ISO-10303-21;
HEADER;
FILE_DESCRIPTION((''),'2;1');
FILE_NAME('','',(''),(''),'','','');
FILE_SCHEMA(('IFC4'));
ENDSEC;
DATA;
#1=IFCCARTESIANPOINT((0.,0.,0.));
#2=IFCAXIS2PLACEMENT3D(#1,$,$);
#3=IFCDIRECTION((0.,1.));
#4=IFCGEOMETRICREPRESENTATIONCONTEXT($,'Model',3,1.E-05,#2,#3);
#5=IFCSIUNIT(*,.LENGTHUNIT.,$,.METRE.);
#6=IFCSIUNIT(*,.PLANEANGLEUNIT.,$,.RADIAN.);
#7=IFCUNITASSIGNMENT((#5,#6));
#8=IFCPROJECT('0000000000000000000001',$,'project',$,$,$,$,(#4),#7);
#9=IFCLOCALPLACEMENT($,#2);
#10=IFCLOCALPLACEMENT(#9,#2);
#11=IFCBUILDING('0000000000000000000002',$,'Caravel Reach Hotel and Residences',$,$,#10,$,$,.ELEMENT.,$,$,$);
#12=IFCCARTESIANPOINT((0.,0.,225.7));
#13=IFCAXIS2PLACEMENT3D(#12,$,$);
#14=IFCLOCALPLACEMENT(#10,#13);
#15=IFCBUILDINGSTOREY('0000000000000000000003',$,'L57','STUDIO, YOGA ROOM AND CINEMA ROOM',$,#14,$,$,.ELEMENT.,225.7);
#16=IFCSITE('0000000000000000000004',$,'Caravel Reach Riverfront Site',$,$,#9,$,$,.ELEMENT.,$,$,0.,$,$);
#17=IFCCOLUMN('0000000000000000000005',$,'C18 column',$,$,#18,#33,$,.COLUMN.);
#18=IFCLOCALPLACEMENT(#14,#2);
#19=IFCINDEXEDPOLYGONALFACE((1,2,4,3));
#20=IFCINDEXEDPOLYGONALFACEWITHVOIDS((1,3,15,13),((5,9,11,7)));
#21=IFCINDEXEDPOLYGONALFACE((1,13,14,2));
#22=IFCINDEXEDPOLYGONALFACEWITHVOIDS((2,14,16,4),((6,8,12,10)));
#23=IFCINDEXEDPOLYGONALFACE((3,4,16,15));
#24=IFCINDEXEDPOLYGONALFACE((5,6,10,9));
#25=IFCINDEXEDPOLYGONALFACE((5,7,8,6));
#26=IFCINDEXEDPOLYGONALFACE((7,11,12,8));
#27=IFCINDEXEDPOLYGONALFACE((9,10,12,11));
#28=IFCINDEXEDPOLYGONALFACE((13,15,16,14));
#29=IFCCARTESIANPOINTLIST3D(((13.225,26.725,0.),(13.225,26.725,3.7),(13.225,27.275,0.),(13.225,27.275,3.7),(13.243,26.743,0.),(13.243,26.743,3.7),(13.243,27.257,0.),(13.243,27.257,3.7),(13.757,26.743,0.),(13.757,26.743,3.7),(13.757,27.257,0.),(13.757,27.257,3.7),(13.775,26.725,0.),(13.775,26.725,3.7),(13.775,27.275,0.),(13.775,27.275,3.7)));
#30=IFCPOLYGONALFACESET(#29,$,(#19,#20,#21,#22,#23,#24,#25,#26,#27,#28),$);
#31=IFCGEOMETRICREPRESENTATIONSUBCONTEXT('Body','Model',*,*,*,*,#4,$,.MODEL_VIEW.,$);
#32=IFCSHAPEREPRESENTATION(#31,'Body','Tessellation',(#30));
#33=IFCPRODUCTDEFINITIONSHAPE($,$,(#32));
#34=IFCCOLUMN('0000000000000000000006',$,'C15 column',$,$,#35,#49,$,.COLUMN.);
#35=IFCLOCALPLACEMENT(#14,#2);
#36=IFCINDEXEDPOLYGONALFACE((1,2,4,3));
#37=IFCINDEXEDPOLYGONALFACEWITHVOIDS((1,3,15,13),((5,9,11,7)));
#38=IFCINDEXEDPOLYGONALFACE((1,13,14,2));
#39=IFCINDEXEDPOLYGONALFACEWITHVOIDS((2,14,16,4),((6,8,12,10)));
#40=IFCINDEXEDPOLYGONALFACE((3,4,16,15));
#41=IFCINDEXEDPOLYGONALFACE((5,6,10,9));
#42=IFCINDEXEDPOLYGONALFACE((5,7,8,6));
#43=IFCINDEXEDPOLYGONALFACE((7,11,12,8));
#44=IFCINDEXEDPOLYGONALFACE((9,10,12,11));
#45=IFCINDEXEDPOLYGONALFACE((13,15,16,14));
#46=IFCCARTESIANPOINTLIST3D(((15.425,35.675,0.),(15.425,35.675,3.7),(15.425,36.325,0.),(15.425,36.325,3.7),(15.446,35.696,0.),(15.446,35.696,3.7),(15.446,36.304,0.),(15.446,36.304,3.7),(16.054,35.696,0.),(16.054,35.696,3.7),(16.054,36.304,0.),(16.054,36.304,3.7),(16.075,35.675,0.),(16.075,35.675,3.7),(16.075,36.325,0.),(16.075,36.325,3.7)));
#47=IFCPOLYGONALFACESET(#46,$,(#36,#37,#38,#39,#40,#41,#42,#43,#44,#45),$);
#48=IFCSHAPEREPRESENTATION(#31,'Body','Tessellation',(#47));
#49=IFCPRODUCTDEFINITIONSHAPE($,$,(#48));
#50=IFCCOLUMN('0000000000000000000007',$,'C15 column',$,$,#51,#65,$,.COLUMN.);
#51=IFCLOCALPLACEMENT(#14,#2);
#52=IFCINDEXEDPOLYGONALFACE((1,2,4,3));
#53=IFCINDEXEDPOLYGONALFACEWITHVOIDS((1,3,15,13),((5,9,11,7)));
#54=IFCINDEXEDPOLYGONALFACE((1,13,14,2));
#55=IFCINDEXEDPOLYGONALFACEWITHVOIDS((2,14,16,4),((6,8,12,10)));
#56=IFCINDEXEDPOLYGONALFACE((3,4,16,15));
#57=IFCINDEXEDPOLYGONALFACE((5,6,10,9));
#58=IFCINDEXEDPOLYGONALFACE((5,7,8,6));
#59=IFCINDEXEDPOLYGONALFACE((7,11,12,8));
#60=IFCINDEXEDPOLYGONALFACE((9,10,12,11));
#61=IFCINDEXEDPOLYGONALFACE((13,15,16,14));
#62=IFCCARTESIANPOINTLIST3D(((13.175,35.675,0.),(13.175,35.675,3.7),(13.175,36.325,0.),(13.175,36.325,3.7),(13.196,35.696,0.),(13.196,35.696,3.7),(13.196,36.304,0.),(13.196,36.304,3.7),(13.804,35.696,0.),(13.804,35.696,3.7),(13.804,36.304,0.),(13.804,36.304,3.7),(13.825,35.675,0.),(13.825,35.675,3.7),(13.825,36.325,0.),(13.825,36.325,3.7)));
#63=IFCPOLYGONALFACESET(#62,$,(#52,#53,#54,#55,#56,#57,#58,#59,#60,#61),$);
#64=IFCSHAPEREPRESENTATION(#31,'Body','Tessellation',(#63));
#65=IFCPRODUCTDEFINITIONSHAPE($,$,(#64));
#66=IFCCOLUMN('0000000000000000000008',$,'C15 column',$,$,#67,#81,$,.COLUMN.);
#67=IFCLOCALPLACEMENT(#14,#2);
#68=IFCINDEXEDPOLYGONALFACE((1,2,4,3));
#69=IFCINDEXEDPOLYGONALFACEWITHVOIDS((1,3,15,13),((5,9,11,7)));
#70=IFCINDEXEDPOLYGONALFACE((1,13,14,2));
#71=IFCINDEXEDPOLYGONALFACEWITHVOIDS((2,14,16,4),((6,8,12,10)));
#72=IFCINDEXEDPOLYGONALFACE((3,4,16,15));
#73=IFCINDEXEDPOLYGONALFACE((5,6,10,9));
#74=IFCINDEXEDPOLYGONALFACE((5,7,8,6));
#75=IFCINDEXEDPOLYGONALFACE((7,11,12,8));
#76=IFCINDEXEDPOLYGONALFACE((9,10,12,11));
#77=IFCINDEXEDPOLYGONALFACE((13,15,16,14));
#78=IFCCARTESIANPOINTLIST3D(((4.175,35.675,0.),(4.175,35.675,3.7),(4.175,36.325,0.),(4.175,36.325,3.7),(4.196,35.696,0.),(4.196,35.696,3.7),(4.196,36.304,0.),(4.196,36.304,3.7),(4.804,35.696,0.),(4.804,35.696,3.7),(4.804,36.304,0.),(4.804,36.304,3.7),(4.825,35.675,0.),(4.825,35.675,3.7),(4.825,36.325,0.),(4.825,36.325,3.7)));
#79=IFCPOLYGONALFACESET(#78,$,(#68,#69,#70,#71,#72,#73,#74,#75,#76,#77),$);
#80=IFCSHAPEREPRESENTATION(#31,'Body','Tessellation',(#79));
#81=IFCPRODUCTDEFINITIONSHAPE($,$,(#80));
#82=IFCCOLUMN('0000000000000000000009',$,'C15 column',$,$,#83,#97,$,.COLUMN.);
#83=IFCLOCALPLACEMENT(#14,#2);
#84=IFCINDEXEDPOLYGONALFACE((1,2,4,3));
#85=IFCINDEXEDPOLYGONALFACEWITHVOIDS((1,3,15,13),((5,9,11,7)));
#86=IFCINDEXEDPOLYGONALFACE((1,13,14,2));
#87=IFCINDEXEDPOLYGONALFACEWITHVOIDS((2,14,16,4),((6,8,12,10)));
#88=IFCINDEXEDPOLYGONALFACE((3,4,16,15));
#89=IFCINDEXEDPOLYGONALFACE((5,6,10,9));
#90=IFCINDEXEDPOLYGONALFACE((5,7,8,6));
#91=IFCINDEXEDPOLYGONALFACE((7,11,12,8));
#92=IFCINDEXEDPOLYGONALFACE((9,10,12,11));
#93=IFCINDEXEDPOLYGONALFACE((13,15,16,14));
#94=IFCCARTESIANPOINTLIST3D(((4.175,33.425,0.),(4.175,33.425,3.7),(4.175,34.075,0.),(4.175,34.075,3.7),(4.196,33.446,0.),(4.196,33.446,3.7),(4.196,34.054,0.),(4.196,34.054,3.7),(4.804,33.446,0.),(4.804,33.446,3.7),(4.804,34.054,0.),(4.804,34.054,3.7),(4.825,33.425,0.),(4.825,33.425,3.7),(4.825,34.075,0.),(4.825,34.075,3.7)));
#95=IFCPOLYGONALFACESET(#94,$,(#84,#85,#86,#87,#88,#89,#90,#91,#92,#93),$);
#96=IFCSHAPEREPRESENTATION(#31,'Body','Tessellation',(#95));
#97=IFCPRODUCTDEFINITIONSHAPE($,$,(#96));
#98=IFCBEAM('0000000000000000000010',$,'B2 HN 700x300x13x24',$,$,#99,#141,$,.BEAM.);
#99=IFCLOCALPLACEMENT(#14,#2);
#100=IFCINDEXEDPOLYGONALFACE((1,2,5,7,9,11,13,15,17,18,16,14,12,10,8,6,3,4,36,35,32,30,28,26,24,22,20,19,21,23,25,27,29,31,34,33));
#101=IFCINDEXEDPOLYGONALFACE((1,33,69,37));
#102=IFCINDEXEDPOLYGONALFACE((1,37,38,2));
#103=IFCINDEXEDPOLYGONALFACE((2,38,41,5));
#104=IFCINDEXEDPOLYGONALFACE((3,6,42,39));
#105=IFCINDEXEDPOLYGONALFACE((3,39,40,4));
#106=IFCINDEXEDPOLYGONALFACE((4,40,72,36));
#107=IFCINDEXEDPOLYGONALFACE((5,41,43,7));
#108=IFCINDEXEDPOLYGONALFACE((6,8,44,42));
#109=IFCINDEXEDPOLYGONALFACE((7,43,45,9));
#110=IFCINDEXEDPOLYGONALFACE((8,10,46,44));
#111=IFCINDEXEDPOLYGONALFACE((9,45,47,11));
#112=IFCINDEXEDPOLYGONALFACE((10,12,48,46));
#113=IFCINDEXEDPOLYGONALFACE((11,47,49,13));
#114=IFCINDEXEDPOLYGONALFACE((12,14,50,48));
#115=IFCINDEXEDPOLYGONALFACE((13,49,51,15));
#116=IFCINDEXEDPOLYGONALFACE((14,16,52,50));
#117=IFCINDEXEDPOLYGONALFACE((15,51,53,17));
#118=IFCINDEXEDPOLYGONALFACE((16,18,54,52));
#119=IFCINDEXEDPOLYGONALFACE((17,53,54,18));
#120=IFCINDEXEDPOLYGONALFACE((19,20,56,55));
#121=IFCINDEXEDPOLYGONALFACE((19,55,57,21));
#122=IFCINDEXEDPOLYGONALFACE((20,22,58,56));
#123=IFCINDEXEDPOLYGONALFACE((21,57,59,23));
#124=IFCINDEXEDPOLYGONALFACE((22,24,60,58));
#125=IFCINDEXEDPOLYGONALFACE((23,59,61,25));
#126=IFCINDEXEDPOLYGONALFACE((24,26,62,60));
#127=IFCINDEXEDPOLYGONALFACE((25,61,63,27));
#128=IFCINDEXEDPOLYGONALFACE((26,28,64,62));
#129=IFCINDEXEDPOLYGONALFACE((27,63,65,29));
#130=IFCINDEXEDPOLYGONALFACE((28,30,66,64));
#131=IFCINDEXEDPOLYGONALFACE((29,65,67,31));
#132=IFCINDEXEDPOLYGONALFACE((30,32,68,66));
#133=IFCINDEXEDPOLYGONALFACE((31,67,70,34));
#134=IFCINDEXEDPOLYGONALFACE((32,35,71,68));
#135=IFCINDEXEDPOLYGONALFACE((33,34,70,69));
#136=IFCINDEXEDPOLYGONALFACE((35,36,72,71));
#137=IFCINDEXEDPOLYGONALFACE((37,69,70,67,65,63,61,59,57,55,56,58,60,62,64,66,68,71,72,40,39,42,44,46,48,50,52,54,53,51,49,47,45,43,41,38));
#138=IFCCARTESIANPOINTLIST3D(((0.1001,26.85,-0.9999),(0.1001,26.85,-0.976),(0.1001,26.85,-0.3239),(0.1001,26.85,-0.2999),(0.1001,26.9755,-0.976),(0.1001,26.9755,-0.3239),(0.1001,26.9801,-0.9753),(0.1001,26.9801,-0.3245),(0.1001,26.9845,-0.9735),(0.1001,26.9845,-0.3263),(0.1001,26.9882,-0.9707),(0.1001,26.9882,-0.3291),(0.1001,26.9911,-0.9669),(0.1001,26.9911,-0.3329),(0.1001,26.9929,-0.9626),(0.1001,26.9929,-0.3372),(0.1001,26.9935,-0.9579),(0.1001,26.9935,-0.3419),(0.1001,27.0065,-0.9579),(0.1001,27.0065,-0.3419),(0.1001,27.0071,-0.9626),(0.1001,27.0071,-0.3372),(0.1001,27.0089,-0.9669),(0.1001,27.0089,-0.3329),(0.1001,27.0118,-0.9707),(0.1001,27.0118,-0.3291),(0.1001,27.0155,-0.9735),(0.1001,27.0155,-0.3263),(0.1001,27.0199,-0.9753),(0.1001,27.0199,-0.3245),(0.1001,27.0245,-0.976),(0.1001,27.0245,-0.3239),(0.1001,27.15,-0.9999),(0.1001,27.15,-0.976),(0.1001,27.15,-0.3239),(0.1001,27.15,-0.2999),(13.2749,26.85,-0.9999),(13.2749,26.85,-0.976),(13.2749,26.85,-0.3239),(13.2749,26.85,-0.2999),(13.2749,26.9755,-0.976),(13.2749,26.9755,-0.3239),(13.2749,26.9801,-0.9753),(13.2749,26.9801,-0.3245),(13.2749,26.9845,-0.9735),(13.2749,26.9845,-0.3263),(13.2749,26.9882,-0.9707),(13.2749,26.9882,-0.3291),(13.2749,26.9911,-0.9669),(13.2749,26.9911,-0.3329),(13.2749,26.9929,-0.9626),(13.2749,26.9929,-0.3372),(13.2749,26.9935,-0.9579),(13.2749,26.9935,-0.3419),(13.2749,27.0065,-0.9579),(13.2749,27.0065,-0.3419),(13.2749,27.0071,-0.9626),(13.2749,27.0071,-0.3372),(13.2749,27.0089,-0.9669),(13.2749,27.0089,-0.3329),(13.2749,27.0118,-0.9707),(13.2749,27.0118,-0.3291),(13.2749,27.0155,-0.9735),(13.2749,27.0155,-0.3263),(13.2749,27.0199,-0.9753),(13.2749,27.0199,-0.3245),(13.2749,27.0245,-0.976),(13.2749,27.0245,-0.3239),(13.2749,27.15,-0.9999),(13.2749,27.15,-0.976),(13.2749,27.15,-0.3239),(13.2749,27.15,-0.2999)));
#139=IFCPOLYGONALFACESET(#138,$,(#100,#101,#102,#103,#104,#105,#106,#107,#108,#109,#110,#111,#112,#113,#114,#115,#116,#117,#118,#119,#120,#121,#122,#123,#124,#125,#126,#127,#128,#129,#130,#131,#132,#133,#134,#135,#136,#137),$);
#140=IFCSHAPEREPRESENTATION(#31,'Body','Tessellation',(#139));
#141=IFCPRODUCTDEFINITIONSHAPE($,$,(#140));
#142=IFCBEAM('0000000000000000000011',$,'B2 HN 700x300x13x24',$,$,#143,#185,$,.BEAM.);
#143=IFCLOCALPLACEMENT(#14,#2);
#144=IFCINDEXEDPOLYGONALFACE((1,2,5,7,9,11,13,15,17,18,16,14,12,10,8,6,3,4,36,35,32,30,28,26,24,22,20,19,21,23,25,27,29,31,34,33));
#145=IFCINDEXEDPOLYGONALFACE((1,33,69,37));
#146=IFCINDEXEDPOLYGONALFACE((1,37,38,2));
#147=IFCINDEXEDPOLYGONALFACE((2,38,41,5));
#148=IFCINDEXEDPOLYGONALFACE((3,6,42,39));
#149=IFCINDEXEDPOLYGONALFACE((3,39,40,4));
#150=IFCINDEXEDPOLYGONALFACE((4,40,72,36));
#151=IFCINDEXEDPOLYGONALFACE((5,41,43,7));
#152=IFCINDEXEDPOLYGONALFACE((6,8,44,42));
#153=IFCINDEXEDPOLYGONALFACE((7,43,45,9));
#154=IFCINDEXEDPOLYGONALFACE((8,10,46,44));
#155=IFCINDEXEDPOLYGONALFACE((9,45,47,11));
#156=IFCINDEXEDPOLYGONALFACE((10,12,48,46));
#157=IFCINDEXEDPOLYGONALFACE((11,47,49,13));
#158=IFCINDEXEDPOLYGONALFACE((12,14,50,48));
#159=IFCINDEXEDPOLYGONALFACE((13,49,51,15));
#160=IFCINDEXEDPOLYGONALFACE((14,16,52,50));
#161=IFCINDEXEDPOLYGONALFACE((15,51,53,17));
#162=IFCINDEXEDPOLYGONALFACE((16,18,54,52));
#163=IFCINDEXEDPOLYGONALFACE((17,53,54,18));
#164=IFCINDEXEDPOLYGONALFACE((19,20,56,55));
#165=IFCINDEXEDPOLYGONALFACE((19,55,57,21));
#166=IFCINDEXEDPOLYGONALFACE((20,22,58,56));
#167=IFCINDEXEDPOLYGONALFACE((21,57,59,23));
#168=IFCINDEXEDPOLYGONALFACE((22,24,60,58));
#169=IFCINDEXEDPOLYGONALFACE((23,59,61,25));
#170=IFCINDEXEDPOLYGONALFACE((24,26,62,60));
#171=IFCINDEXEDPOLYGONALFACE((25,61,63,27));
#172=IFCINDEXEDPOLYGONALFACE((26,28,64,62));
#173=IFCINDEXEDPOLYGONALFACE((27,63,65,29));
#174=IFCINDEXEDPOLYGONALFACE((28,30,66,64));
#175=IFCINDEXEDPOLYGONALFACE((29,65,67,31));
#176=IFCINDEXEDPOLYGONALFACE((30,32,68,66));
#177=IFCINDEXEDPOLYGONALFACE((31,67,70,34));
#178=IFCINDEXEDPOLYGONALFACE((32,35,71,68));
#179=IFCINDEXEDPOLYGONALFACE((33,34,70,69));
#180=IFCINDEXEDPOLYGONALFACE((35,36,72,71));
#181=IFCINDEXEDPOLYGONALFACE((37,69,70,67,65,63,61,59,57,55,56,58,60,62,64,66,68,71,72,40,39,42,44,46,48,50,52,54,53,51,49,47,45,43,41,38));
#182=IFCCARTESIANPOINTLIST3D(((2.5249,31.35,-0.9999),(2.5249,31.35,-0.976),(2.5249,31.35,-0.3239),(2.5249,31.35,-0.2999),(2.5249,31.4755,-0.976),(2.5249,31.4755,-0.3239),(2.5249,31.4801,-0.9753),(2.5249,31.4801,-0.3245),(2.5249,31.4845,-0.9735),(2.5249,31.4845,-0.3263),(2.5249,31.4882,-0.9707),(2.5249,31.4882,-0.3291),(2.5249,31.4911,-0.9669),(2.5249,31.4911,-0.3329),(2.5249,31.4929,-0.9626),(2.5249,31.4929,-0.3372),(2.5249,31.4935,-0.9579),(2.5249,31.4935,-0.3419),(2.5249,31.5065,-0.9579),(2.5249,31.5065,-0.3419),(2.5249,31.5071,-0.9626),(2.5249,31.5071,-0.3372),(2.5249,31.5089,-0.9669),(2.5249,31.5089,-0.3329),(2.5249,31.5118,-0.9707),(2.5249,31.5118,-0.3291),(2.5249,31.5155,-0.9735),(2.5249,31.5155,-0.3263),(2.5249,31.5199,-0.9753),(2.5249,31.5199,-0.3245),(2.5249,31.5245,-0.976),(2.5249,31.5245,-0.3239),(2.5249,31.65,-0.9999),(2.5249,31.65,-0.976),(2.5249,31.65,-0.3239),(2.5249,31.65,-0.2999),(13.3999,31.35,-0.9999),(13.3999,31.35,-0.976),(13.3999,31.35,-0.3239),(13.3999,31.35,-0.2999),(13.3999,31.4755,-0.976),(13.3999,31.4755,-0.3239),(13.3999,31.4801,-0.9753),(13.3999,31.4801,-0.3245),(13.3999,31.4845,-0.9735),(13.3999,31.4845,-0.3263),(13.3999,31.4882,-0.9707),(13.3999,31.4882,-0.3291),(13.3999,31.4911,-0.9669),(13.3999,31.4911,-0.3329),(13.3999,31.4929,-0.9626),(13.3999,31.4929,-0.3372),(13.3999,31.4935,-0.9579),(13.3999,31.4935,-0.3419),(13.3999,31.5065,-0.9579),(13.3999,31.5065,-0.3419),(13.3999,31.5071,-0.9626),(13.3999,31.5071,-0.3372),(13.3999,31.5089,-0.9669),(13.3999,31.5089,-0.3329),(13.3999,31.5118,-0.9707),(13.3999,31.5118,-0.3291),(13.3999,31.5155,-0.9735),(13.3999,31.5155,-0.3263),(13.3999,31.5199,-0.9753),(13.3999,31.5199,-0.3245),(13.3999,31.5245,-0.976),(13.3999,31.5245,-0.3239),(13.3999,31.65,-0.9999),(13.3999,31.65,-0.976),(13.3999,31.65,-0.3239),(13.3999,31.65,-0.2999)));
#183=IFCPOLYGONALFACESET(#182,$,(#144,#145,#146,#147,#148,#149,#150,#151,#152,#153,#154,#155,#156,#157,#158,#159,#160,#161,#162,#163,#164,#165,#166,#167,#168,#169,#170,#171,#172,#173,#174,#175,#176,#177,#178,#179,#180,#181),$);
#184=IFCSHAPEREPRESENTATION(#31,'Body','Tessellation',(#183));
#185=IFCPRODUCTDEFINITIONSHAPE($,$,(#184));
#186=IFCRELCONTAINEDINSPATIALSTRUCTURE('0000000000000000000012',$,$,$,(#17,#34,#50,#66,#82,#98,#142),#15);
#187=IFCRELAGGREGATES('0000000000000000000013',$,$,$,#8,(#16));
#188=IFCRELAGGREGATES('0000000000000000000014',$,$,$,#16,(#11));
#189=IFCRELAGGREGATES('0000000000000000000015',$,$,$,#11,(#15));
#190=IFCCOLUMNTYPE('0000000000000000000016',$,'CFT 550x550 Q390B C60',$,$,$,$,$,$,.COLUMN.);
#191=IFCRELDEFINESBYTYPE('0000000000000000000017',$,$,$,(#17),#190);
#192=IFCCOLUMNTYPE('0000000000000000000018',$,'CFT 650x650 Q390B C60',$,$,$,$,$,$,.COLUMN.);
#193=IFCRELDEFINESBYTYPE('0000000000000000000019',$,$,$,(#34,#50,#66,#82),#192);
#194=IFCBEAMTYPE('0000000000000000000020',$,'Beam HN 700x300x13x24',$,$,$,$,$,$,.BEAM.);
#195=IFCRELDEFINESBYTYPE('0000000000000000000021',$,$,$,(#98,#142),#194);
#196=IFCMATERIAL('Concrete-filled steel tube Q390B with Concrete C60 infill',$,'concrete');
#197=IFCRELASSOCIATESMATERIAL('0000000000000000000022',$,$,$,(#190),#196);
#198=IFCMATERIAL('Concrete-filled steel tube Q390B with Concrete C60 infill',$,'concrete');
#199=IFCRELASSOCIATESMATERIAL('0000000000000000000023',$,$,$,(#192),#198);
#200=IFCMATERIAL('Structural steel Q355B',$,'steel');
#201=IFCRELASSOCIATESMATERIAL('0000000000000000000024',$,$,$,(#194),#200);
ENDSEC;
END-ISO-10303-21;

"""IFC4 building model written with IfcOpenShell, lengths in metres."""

from ifc_helpers import new_model, si_unit, direction, frame, origin, origin_2d, place, context, subcontext, project, spatial, hollow_rectangle, i_section, extrude, material, material_profile, profile_set, type_object, element, save


model = new_model("IFC4")

# Units and contexts
model_context = context("Model", 3, precision=1e-05, world=origin(), true_north=direction((0.0, 1.0)))
body_context = subcontext(model_context, "Body", "Model", "MODEL_VIEW")
ifc_project = project(units=[si_unit("LENGTHUNIT", "METRE"), si_unit("PLANEANGLEUNIT", "RADIAN")], contexts=[model_context])

# Site, building, storey
site_placement = place(None, origin())
site = spatial("IfcSite", under=ifc_project, at=site_placement, Name="Caravel Reach Riverfront Site", CompositionType="ELEMENT", RefElevation=0.0)
building_placement = place(site_placement, origin())
building = spatial("IfcBuilding", under=site, at=building_placement, Name="Caravel Reach Hotel and Residences", CompositionType="ELEMENT")
storey_placement = place(building_placement, frame((0.0, 0.0, 225.7)))
storey = spatial("IfcBuildingStorey", under=building, at=storey_placement, Name="L57", Description="STUDIO, YOGA ROOM AND CINEMA ROOM", CompositionType="ELEMENT", Elevation=225.7)

# Columns
ifc_material_1 = material(Name="Concrete-filled steel tube Q390B with Concrete C60 infill", Category="concrete")
ifc_material_profile_1 = material_profile(ifc_material_1, hollow_rectangle(XDim=0.55, YDim=0.55, WallThickness=0.0181, at=origin_2d()), Name="RHS 550x550x18")
ifc_profile_set_1 = profile_set([ifc_material_profile_1], Name="Concrete-filled steel tube Q390B with Concrete C60 infill")
column_type_1 = type_object("IfcColumnType", Name="CFT 550x550 Q390B C60", PredefinedType="COLUMN", material=ifc_profile_set_1)
column_placement = place(storey_placement, frame((13.5, 27.0, 0.0), z_axis=(0.0, 0.0, 1.0), x_axis=(1.0, 0.0, 0.0)))
element("IfcColumn", 1, at=column_placement, inside=storey, type_object=column_type_1, Name="C18 column", PredefinedType="COLUMN", context=body_context, shape_type="SweptSolid", body=[
    extrude(hollow_rectangle(XDim=0.55, YDim=0.55, WallThickness=0.0181, at=origin_2d()), origin(), (0.0, 0.0, 1.0), 3.7),
])
ifc_material_2 = material(Name="Concrete-filled steel tube Q390B with Concrete C60 infill", Category="concrete")
ifc_material_profile_2 = material_profile(ifc_material_2, hollow_rectangle(XDim=0.6499, YDim=0.6499, WallThickness=0.021, at=origin_2d()), Name="RHS 650x650x21")
ifc_profile_set_2 = profile_set([ifc_material_profile_2], Name="Concrete-filled steel tube Q390B with Concrete C60 infill")
column_type_2 = type_object("IfcColumnType", Name="CFT 650x650 Q390B C60", PredefinedType="COLUMN", material=ifc_profile_set_2)
for number, where, z_axis, x_axis, name in (
    (2, (15.75, 36.0, 0.0), (0.0, 0.0, 1.0), (1.0, 0.0, 0.0), "C15 column"),
    (3, (13.5, 36.0, 0.0), (0.0, 0.0, 1.0), (1.0, 0.0, 0.0), "C15 column"),
    (4, (4.5, 36.0, 0.0), (0.0, 0.0, 1.0), (1.0, 0.0, 0.0), "C15 column"),
    (5, (4.5, 33.75, 0.0), (0.0, 0.0, 1.0), (1.0, 0.0, 0.0), "C15 column"),
):
    element("IfcColumn", number, at=place(storey_placement, frame(where, z_axis=z_axis, x_axis=x_axis)), inside=storey, type_object=column_type_2, Name=name, PredefinedType="COLUMN", context=body_context, shape_type="SweptSolid", body=[
        extrude(hollow_rectangle(XDim=0.6499, YDim=0.6499, WallThickness=0.021, at=origin_2d()), origin(), (0.0, 0.0, 1.0), 3.7),
    ])

# Beams
ifc_material_3 = material(Name="Structural steel Q355B", Category="steel")
ifc_material_profile_3 = material_profile(ifc_material_3, i_section(OverallWidth=0.3, OverallDepth=0.7, WebThickness=0.0129, FlangeThickness=0.0239, FilletRadius=0.0181, at=origin_2d()), Name="HN 700x300x13x24")
ifc_profile_set_3 = profile_set([ifc_material_profile_3], Name="Structural steel Q355B")
beam_type_1 = type_object("IfcBeamType", Name="Beam HN 700x300x13x24", PredefinedType="BEAM", material=ifc_profile_set_3)
beam_1_placement = place(storey_placement, frame((13.2749, 27.0, -0.6499), z_axis=(-1.0, 0.0, 0.0), x_axis=(0.0, -1.0, 0.0)))
element("IfcBeam", 6, at=beam_1_placement, inside=storey, type_object=beam_type_1, Name="B2 HN 700x300x13x24", PredefinedType="BEAM", context=body_context, shape_type="SweptSolid", body=[
    extrude(i_section(OverallWidth=0.3, OverallDepth=0.7, WebThickness=0.0129, FlangeThickness=0.0239, FilletRadius=0.0181, at=origin_2d()), origin(), (0.0, 0.0, 1.0), 13.1748),
])
beam_2_placement = place(storey_placement, frame((13.3999, 31.5, -0.6499), z_axis=(-1.0, 0.0, 0.0), x_axis=(0.0, -1.0, 0.0)))
element("IfcBeam", 7, at=beam_2_placement, inside=storey, type_object=beam_type_1, Name="B2 HN 700x300x13x24", PredefinedType="BEAM", context=body_context, shape_type="SweptSolid", body=[
    extrude(i_section(OverallWidth=0.3, OverallDepth=0.7, WebThickness=0.0129, FlangeThickness=0.0239, FilletRadius=0.0181, at=origin_2d()), origin(), (0.0, 0.0, 1.0), 10.875),
])

save(model, "model.ifc")
